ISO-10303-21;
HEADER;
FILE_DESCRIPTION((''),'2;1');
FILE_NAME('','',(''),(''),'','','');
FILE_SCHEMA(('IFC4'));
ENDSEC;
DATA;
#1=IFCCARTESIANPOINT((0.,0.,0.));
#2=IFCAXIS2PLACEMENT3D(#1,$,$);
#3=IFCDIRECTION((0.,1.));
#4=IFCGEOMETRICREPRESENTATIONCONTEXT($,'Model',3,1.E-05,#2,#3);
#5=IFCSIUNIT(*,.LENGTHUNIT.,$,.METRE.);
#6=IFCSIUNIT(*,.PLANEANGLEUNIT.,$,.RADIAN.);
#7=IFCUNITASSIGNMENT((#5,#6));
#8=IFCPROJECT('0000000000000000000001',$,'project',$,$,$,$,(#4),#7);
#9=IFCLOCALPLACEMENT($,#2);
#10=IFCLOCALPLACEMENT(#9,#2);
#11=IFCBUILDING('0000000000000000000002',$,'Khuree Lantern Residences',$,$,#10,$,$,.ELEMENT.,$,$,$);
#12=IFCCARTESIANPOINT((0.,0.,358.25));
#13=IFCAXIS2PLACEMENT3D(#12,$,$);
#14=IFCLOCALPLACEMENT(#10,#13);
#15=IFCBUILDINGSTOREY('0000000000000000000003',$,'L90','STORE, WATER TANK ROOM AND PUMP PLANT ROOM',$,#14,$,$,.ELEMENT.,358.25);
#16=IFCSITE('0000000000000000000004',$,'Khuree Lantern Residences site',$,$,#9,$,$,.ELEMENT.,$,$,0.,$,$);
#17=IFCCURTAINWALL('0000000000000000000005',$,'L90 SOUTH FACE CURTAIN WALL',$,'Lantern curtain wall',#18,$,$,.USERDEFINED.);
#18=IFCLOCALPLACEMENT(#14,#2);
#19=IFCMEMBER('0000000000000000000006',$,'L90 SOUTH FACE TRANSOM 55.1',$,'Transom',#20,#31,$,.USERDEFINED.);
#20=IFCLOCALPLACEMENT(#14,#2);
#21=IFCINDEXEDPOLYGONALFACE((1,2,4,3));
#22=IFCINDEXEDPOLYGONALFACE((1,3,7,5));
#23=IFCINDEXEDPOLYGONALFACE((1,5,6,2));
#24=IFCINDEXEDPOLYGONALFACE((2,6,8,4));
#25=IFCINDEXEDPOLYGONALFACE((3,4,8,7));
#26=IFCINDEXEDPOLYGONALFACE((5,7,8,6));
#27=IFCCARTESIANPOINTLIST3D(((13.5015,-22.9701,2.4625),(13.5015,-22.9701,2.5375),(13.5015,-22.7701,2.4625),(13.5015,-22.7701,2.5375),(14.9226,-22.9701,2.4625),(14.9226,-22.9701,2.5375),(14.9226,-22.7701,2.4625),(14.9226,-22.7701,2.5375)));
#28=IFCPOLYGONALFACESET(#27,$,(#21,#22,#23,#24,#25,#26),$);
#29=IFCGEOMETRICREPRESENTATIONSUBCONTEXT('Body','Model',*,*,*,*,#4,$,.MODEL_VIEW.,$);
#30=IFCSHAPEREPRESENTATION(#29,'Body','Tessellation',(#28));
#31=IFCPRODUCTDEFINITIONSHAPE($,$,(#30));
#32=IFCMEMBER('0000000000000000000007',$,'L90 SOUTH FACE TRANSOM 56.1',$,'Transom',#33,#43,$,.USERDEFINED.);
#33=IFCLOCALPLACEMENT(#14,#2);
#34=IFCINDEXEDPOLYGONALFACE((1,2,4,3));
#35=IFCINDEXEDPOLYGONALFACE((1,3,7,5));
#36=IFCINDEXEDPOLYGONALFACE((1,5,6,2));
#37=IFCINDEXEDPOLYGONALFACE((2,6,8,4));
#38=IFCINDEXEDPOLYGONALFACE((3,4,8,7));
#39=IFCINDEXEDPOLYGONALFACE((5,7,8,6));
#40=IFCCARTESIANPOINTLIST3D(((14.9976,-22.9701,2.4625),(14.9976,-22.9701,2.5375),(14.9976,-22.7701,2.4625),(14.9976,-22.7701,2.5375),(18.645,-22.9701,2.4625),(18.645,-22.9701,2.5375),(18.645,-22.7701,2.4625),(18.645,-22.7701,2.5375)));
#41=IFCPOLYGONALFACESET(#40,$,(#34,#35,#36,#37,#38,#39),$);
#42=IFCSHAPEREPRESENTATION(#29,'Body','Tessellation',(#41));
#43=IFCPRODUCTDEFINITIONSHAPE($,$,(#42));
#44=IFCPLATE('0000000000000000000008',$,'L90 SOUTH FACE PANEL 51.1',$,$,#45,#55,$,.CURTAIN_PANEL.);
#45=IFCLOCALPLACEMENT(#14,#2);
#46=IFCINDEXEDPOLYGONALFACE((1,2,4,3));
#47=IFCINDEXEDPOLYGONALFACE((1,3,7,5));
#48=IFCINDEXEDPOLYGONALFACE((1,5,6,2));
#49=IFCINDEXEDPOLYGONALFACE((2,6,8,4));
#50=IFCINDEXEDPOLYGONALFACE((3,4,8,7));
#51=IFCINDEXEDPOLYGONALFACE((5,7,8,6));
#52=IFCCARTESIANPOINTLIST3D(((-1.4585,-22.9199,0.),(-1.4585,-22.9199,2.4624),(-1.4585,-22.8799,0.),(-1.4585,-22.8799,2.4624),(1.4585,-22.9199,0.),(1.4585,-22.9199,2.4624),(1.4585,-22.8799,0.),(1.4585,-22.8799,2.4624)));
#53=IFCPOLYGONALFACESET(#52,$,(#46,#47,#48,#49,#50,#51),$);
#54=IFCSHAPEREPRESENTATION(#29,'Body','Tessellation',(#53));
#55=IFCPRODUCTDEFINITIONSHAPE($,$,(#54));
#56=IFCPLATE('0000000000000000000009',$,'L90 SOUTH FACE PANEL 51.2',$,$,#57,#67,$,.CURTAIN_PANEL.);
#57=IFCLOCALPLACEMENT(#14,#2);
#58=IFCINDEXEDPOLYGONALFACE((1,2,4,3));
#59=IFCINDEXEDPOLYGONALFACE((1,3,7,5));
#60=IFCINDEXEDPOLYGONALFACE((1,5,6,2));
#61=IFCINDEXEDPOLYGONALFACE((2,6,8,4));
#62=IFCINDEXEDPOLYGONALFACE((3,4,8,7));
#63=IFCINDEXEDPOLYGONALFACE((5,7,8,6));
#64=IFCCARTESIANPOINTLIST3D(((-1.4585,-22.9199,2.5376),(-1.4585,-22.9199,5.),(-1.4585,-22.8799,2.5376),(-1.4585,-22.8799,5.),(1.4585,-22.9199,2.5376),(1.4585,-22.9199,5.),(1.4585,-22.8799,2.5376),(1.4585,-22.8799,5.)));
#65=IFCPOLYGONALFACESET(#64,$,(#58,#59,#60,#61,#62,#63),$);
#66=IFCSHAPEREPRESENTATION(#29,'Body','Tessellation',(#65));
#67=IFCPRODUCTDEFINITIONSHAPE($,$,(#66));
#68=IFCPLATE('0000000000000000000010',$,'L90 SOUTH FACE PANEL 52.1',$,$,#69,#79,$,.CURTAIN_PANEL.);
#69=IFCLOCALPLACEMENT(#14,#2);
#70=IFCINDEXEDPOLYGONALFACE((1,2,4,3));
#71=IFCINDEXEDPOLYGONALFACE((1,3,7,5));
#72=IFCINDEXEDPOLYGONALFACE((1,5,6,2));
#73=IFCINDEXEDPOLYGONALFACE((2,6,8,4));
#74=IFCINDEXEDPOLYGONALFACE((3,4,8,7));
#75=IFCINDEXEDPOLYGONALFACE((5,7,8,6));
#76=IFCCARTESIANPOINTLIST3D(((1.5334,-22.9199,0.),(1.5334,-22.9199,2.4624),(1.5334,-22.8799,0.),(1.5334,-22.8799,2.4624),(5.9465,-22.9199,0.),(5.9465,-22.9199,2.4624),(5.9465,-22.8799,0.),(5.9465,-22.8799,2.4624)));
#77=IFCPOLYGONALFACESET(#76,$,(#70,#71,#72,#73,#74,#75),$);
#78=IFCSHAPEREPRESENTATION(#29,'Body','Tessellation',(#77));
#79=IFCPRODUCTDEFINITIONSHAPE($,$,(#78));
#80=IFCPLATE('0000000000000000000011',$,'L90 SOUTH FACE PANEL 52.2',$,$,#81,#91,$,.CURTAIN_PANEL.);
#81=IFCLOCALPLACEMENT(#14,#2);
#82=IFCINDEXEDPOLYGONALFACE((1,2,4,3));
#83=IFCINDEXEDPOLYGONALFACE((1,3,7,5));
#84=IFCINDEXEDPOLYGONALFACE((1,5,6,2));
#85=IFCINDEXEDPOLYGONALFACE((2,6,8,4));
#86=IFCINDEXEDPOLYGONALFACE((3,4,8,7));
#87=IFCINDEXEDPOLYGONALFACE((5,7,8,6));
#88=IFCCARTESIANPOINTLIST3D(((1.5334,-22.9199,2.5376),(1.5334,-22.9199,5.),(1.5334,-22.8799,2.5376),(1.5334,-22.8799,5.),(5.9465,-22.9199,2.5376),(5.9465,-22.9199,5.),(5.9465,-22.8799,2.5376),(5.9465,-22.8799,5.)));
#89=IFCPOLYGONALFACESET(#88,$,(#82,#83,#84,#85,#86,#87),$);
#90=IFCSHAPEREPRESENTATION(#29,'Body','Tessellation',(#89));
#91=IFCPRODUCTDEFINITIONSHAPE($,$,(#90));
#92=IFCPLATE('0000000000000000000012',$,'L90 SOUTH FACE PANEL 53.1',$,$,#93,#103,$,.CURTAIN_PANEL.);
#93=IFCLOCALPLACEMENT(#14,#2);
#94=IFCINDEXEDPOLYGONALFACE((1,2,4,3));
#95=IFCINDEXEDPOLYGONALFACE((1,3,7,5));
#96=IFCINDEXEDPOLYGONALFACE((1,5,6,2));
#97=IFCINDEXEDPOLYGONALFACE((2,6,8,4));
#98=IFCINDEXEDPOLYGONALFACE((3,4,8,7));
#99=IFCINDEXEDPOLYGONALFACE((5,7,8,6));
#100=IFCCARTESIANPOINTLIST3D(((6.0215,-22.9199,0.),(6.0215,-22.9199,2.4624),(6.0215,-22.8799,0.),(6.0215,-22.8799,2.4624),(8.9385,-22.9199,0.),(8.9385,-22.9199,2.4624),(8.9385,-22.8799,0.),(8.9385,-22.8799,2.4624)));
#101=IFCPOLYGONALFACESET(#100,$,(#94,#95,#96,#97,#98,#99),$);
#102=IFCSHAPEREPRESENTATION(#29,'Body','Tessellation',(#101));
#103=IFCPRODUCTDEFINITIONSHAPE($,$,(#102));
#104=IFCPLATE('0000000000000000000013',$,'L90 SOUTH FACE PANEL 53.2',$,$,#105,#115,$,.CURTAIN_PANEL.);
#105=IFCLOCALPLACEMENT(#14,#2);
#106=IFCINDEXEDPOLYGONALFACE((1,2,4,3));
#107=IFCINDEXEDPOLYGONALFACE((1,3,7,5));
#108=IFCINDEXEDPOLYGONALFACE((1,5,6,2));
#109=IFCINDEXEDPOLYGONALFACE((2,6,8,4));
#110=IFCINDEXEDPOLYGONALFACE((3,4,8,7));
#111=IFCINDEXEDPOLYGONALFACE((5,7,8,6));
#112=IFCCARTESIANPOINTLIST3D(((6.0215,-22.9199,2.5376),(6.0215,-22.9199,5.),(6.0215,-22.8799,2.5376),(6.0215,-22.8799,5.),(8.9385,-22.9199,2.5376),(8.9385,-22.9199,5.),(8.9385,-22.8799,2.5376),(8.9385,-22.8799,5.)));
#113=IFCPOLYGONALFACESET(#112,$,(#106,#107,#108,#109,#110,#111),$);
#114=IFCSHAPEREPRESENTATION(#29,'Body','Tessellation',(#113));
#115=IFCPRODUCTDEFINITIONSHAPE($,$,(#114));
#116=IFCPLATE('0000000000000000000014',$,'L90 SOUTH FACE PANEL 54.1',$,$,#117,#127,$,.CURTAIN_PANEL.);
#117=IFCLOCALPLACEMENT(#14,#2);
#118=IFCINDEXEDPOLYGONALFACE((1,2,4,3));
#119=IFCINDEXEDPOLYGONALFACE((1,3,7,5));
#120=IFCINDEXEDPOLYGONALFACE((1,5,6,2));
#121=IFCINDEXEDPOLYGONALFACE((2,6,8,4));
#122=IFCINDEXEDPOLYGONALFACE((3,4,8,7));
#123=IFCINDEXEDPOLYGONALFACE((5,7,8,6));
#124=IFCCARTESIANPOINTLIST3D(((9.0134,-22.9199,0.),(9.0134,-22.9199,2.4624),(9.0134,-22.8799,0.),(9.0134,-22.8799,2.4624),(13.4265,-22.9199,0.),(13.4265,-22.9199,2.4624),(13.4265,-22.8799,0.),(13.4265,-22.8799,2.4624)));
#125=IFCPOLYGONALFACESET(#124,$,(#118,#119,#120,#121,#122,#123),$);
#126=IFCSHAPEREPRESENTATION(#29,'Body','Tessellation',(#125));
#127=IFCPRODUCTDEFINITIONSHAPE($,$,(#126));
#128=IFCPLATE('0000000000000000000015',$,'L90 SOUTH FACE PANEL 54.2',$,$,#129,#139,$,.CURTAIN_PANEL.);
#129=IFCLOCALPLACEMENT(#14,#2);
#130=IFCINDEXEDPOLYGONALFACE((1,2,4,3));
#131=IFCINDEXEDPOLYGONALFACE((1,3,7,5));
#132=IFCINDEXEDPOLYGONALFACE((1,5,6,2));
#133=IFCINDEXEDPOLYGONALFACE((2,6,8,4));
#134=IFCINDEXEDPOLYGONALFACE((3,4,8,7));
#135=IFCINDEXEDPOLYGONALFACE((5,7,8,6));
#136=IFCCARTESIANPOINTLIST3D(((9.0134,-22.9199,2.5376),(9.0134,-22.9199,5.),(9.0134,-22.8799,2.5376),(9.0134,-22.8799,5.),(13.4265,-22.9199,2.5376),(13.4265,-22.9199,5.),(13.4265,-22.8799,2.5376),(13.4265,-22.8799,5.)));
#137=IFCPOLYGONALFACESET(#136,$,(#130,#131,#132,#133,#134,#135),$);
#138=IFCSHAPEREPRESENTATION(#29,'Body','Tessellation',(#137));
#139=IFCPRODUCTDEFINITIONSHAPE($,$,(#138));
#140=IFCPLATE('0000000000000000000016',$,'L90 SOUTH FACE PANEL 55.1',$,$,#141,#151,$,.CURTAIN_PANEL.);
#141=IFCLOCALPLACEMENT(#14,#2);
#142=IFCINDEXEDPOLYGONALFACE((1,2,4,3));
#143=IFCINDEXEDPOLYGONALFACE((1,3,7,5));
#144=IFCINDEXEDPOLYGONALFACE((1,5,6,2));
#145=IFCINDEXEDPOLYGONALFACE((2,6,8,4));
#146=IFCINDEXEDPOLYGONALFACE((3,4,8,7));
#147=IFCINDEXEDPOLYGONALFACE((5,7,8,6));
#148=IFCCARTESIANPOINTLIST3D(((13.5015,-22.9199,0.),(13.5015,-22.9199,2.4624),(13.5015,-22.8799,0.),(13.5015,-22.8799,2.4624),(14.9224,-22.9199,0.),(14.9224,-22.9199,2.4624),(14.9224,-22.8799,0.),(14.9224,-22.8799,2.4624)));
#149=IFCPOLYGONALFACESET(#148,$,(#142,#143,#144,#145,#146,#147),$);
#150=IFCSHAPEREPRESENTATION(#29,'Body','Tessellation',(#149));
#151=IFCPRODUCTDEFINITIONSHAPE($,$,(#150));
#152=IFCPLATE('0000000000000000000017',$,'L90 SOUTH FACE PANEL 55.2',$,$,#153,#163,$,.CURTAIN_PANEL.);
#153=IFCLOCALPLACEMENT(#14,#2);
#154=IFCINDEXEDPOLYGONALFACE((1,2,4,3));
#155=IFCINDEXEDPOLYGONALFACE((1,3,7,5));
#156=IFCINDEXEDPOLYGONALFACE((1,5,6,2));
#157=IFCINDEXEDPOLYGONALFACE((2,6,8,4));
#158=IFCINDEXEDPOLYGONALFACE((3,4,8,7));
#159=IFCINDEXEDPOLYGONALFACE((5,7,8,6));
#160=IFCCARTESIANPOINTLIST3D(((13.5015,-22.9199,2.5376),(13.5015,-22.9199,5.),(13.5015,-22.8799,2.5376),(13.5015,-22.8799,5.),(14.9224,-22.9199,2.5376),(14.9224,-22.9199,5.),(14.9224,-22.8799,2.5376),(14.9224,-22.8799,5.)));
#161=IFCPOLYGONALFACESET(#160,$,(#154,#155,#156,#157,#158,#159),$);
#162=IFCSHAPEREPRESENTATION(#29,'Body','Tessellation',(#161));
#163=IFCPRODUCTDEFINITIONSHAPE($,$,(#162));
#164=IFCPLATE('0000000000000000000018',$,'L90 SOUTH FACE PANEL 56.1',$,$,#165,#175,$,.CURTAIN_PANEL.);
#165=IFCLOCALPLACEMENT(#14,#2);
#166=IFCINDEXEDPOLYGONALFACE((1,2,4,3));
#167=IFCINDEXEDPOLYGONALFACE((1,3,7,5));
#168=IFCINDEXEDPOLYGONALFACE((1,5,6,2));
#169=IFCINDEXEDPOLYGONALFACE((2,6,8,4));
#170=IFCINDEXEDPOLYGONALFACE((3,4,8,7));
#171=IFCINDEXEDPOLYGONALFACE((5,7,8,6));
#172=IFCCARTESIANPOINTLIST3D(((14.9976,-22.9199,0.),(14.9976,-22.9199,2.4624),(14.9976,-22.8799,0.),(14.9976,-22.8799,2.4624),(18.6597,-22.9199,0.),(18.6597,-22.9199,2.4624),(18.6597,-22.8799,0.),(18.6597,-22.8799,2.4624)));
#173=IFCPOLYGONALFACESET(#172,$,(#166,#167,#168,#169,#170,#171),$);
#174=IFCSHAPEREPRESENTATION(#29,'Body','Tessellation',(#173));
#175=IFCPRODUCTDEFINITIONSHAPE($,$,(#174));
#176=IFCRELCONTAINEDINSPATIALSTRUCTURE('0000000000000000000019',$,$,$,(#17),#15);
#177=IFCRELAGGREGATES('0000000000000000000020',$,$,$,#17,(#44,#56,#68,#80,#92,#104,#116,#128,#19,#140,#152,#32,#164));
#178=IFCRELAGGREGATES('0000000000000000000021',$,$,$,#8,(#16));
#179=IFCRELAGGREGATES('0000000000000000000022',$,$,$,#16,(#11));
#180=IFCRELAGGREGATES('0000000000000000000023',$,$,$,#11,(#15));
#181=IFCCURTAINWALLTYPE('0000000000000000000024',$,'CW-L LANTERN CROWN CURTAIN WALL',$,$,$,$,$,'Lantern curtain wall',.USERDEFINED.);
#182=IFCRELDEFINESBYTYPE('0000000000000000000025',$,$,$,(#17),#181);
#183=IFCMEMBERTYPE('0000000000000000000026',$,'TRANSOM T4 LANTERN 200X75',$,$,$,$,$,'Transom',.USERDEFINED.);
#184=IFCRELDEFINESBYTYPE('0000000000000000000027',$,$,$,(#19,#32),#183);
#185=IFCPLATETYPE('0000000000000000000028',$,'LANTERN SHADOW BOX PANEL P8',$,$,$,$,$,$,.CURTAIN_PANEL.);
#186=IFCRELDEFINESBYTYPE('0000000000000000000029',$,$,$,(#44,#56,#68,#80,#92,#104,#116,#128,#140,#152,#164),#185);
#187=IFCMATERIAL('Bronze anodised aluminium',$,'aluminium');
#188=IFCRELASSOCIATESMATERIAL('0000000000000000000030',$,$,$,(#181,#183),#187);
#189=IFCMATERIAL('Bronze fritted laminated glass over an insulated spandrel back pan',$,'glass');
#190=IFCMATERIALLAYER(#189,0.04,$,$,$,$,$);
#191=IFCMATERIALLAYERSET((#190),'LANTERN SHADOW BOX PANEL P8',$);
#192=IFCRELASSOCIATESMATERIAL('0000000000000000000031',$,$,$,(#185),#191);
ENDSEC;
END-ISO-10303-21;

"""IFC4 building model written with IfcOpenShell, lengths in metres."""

from ifc_helpers import new_model, si_unit, direction, frame, origin, origin_2d, place, context, subcontext, project, spatial, rectangle, extrude, material, layer, layer_set, material_profile, profile_set, type_object, element, aggregate, save


model = new_model("IFC4")

# Units and contexts
model_context = context("Model", 3, precision=1e-05, world=origin(), true_north=direction((0.0, 1.0)))
body_context = subcontext(model_context, "Body", "Model", "MODEL_VIEW")
ifc_project = project(units=[si_unit("LENGTHUNIT", "METRE"), si_unit("PLANEANGLEUNIT", "RADIAN")], contexts=[model_context])

# Site, building, storey
site_placement = place(None, origin())
site = spatial("IfcSite", under=ifc_project, at=site_placement, Name="Khuree Lantern Residences site", CompositionType="ELEMENT", RefElevation=0.0)
building_placement = place(site_placement, origin())
building = spatial("IfcBuilding", under=site, at=building_placement, Name="Khuree Lantern Residences", CompositionType="ELEMENT")
storey_placement = place(building_placement, frame((0.0, 0.0, 358.25)))
storey = spatial("IfcBuildingStorey", under=building, at=storey_placement, Name="L90", Description="STORE, WATER TANK ROOM AND PUMP PLANT ROOM", CompositionType="ELEMENT", Elevation=358.25)

# Curtain wall
ifc_material_1 = material(Name="Bronze anodised aluminium", Category="aluminium")
curtain_wall_type = type_object("IfcCurtainWallType", Name="CW-L LANTERN CROWN CURTAIN WALL", ElementType="Lantern curtain wall", PredefinedType="USERDEFINED", material=ifc_material_1)
curtain_wall_placement = place(storey_placement, origin())
curtain_wall = element("IfcCurtainWall", 1, at=curtain_wall_placement, inside=storey, type_object=curtain_wall_type, Name="L90 SOUTH FACE CURTAIN WALL", ObjectType="Lantern curtain wall", PredefinedType="USERDEFINED")

# Members
ifc_material_profile_1 = material_profile(ifc_material_1, rectangle(XDim=0.2, YDim=0.075, at=origin_2d()), Name="T4 200X75")
ifc_profile_set_1 = profile_set([ifc_material_profile_1], Name="Bronze anodised aluminium")
member_type_1 = type_object("IfcMemberType", Name="TRANSOM T4 LANTERN 200X75", ElementType="Transom", PredefinedType="USERDEFINED", material=ifc_profile_set_1)
member_1_placement = place(storey_placement, frame((13.5015, -22.8701, 2.5), z_axis=(1.0, 0.0, 0.0), x_axis=(0.0, 1.0, 0.0)))
member_1 = element("IfcMember", 2, at=member_1_placement, type_object=member_type_1, Name="L90 SOUTH FACE TRANSOM 55.1", ObjectType="Transom", PredefinedType="USERDEFINED", context=body_context, shape_type="SweptSolid", body=[
    extrude(rectangle(XDim=0.2, YDim=0.075, at=origin_2d()), origin(), (0.0, 0.0, 1.0), 1.4211),
])
member_2_placement = place(storey_placement, frame((14.9976, -22.8701, 2.5), z_axis=(1.0, 0.0, 0.0), x_axis=(0.0, 1.0, 0.0)))
member_2 = element("IfcMember", 3, at=member_2_placement, type_object=member_type_1, Name="L90 SOUTH FACE TRANSOM 56.1", ObjectType="Transom", PredefinedType="USERDEFINED", context=body_context, shape_type="SweptSolid", body=[
    extrude(rectangle(XDim=0.2, YDim=0.075, at=origin_2d()), origin(), (0.0, 0.0, 1.0), 3.6475),
])

# Plates
ifc_material_2 = material(Name="Bronze fritted laminated glass over an insulated spandrel back pan", Category="glass")
ifc_layer = layer(ifc_material_2, 0.04)
ifc_layer_set = layer_set([ifc_layer], Name="LANTERN SHADOW BOX PANEL P8")
plate_type = type_object("IfcPlateType", Name="LANTERN SHADOW BOX PANEL P8", PredefinedType="CURTAIN_PANEL", material=ifc_layer_set)
plate_1_placement = place(storey_placement, frame((0.0, -22.8999, 0.0), z_axis=(0.0, 0.0, 1.0), x_axis=(1.0, 0.0, 0.0)))
plate_1 = element("IfcPlate", 4, at=plate_1_placement, type_object=plate_type, Name="L90 SOUTH FACE PANEL 51.1", PredefinedType="CURTAIN_PANEL", context=body_context, shape_type="SweptSolid", body=[
    extrude(rectangle(XDim=2.917, YDim=0.04, at=origin_2d()), origin(), (0.0, 0.0, 1.0), 2.4624),
])
plate_2_placement = place(storey_placement, frame((0.0, -22.8999, 2.5376), z_axis=(0.0, 0.0, 1.0), x_axis=(1.0, 0.0, 0.0)))
plate_2 = element("IfcPlate", 5, at=plate_2_placement, type_object=plate_type, Name="L90 SOUTH FACE PANEL 51.2", PredefinedType="CURTAIN_PANEL", context=body_context, shape_type="SweptSolid", body=[
    extrude(rectangle(XDim=2.917, YDim=0.04, at=origin_2d()), origin(), (0.0, 0.0, 1.0), 2.4624),
])
plate_3_placement = place(storey_placement, frame((3.74, -22.8999, 0.0), z_axis=(0.0, 0.0, 1.0), x_axis=(1.0, 0.0, 0.0)))
plate_3 = element("IfcPlate", 6, at=plate_3_placement, type_object=plate_type, Name="L90 SOUTH FACE PANEL 52.1", PredefinedType="CURTAIN_PANEL", context=body_context, shape_type="SweptSolid", body=[
    extrude(rectangle(XDim=4.4131, YDim=0.04, at=origin_2d()), origin(), (0.0, 0.0, 1.0), 2.4624),
])
plate_4_placement = place(storey_placement, frame((3.74, -22.8999, 2.5376), z_axis=(0.0, 0.0, 1.0), x_axis=(1.0, 0.0, 0.0)))
plate_4 = element("IfcPlate", 7, at=plate_4_placement, type_object=plate_type, Name="L90 SOUTH FACE PANEL 52.2", PredefinedType="CURTAIN_PANEL", context=body_context, shape_type="SweptSolid", body=[
    extrude(rectangle(XDim=4.4131, YDim=0.04, at=origin_2d()), origin(), (0.0, 0.0, 1.0), 2.4624),
])
plate_5_placement = place(storey_placement, frame((7.48, -22.8999, 0.0), z_axis=(0.0, 0.0, 1.0), x_axis=(1.0, 0.0, 0.0)))
plate_5 = element("IfcPlate", 8, at=plate_5_placement, type_object=plate_type, Name="L90 SOUTH FACE PANEL 53.1", PredefinedType="CURTAIN_PANEL", context=body_context, shape_type="SweptSolid", body=[
    extrude(rectangle(XDim=2.917, YDim=0.04, at=origin_2d()), origin(), (0.0, 0.0, 1.0), 2.4624),
])
plate_6_placement = place(storey_placement, frame((7.48, -22.8999, 2.5376), z_axis=(0.0, 0.0, 1.0), x_axis=(1.0, 0.0, 0.0)))
plate_6 = element("IfcPlate", 9, at=plate_6_placement, type_object=plate_type, Name="L90 SOUTH FACE PANEL 53.2", PredefinedType="CURTAIN_PANEL", context=body_context, shape_type="SweptSolid", body=[
    extrude(rectangle(XDim=2.917, YDim=0.04, at=origin_2d()), origin(), (0.0, 0.0, 1.0), 2.4624),
])
plate_7_placement = place(storey_placement, frame((11.22, -22.8999, 0.0), z_axis=(0.0, 0.0, 1.0), x_axis=(1.0, 0.0, 0.0)))
plate_7 = element("IfcPlate", 10, at=plate_7_placement, type_object=plate_type, Name="L90 SOUTH FACE PANEL 54.1", PredefinedType="CURTAIN_PANEL", context=body_context, shape_type="SweptSolid", body=[
    extrude(rectangle(XDim=4.4131, YDim=0.04, at=origin_2d()), origin(), (0.0, 0.0, 1.0), 2.4624),
])
plate_8_placement = place(storey_placement, frame((11.22, -22.8999, 2.5376), z_axis=(0.0, 0.0, 1.0), x_axis=(1.0, 0.0, 0.0)))
plate_8 = element("IfcPlate", 11, at=plate_8_placement, type_object=plate_type, Name="L90 SOUTH FACE PANEL 54.2", PredefinedType="CURTAIN_PANEL", context=body_context, shape_type="SweptSolid", body=[
    extrude(rectangle(XDim=4.4131, YDim=0.04, at=origin_2d()), origin(), (0.0, 0.0, 1.0), 2.4624),
])
plate_9_placement = place(storey_placement, frame((14.2119, -22.8999, 0.0), z_axis=(0.0, 0.0, 1.0), x_axis=(1.0, 0.0, 0.0)))
plate_9 = element("IfcPlate", 12, at=plate_9_placement, type_object=plate_type, Name="L90 SOUTH FACE PANEL 55.1", PredefinedType="CURTAIN_PANEL", context=body_context, shape_type="SweptSolid", body=[
    extrude(rectangle(XDim=1.4209, YDim=0.04, at=origin_2d()), origin(), (0.0, 0.0, 1.0), 2.4624),
])
plate_10_placement = place(storey_placement, frame((14.2119, -22.8999, 2.5376), z_axis=(0.0, 0.0, 1.0), x_axis=(1.0, 0.0, 0.0)))
plate_10 = element("IfcPlate", 13, at=plate_10_placement, type_object=plate_type, Name="L90 SOUTH FACE PANEL 55.2", PredefinedType="CURTAIN_PANEL", context=body_context, shape_type="SweptSolid", body=[
    extrude(rectangle(XDim=1.4209, YDim=0.04, at=origin_2d()), origin(), (0.0, 0.0, 1.0), 2.4624),
])
plate_11_placement = place(storey_placement, frame((16.8286, -22.8999, 0.0), z_axis=(0.0, 0.0, 1.0), x_axis=(1.0, 0.0, 0.0)))
plate_11 = element("IfcPlate", 14, at=plate_11_placement, type_object=plate_type, Name="L90 SOUTH FACE PANEL 56.1", PredefinedType="CURTAIN_PANEL", context=body_context, shape_type="SweptSolid", body=[
    extrude(rectangle(XDim=3.6621, YDim=0.04, at=origin_2d()), origin(), (0.0, 0.0, 1.0), 2.4624),
])
aggregate(curtain_wall, [plate_1, plate_2, plate_3, plate_4, plate_5, plate_6, plate_7, plate_8, member_1, plate_9, plate_10, member_2, plate_11])

save(model, "model.ifc")
